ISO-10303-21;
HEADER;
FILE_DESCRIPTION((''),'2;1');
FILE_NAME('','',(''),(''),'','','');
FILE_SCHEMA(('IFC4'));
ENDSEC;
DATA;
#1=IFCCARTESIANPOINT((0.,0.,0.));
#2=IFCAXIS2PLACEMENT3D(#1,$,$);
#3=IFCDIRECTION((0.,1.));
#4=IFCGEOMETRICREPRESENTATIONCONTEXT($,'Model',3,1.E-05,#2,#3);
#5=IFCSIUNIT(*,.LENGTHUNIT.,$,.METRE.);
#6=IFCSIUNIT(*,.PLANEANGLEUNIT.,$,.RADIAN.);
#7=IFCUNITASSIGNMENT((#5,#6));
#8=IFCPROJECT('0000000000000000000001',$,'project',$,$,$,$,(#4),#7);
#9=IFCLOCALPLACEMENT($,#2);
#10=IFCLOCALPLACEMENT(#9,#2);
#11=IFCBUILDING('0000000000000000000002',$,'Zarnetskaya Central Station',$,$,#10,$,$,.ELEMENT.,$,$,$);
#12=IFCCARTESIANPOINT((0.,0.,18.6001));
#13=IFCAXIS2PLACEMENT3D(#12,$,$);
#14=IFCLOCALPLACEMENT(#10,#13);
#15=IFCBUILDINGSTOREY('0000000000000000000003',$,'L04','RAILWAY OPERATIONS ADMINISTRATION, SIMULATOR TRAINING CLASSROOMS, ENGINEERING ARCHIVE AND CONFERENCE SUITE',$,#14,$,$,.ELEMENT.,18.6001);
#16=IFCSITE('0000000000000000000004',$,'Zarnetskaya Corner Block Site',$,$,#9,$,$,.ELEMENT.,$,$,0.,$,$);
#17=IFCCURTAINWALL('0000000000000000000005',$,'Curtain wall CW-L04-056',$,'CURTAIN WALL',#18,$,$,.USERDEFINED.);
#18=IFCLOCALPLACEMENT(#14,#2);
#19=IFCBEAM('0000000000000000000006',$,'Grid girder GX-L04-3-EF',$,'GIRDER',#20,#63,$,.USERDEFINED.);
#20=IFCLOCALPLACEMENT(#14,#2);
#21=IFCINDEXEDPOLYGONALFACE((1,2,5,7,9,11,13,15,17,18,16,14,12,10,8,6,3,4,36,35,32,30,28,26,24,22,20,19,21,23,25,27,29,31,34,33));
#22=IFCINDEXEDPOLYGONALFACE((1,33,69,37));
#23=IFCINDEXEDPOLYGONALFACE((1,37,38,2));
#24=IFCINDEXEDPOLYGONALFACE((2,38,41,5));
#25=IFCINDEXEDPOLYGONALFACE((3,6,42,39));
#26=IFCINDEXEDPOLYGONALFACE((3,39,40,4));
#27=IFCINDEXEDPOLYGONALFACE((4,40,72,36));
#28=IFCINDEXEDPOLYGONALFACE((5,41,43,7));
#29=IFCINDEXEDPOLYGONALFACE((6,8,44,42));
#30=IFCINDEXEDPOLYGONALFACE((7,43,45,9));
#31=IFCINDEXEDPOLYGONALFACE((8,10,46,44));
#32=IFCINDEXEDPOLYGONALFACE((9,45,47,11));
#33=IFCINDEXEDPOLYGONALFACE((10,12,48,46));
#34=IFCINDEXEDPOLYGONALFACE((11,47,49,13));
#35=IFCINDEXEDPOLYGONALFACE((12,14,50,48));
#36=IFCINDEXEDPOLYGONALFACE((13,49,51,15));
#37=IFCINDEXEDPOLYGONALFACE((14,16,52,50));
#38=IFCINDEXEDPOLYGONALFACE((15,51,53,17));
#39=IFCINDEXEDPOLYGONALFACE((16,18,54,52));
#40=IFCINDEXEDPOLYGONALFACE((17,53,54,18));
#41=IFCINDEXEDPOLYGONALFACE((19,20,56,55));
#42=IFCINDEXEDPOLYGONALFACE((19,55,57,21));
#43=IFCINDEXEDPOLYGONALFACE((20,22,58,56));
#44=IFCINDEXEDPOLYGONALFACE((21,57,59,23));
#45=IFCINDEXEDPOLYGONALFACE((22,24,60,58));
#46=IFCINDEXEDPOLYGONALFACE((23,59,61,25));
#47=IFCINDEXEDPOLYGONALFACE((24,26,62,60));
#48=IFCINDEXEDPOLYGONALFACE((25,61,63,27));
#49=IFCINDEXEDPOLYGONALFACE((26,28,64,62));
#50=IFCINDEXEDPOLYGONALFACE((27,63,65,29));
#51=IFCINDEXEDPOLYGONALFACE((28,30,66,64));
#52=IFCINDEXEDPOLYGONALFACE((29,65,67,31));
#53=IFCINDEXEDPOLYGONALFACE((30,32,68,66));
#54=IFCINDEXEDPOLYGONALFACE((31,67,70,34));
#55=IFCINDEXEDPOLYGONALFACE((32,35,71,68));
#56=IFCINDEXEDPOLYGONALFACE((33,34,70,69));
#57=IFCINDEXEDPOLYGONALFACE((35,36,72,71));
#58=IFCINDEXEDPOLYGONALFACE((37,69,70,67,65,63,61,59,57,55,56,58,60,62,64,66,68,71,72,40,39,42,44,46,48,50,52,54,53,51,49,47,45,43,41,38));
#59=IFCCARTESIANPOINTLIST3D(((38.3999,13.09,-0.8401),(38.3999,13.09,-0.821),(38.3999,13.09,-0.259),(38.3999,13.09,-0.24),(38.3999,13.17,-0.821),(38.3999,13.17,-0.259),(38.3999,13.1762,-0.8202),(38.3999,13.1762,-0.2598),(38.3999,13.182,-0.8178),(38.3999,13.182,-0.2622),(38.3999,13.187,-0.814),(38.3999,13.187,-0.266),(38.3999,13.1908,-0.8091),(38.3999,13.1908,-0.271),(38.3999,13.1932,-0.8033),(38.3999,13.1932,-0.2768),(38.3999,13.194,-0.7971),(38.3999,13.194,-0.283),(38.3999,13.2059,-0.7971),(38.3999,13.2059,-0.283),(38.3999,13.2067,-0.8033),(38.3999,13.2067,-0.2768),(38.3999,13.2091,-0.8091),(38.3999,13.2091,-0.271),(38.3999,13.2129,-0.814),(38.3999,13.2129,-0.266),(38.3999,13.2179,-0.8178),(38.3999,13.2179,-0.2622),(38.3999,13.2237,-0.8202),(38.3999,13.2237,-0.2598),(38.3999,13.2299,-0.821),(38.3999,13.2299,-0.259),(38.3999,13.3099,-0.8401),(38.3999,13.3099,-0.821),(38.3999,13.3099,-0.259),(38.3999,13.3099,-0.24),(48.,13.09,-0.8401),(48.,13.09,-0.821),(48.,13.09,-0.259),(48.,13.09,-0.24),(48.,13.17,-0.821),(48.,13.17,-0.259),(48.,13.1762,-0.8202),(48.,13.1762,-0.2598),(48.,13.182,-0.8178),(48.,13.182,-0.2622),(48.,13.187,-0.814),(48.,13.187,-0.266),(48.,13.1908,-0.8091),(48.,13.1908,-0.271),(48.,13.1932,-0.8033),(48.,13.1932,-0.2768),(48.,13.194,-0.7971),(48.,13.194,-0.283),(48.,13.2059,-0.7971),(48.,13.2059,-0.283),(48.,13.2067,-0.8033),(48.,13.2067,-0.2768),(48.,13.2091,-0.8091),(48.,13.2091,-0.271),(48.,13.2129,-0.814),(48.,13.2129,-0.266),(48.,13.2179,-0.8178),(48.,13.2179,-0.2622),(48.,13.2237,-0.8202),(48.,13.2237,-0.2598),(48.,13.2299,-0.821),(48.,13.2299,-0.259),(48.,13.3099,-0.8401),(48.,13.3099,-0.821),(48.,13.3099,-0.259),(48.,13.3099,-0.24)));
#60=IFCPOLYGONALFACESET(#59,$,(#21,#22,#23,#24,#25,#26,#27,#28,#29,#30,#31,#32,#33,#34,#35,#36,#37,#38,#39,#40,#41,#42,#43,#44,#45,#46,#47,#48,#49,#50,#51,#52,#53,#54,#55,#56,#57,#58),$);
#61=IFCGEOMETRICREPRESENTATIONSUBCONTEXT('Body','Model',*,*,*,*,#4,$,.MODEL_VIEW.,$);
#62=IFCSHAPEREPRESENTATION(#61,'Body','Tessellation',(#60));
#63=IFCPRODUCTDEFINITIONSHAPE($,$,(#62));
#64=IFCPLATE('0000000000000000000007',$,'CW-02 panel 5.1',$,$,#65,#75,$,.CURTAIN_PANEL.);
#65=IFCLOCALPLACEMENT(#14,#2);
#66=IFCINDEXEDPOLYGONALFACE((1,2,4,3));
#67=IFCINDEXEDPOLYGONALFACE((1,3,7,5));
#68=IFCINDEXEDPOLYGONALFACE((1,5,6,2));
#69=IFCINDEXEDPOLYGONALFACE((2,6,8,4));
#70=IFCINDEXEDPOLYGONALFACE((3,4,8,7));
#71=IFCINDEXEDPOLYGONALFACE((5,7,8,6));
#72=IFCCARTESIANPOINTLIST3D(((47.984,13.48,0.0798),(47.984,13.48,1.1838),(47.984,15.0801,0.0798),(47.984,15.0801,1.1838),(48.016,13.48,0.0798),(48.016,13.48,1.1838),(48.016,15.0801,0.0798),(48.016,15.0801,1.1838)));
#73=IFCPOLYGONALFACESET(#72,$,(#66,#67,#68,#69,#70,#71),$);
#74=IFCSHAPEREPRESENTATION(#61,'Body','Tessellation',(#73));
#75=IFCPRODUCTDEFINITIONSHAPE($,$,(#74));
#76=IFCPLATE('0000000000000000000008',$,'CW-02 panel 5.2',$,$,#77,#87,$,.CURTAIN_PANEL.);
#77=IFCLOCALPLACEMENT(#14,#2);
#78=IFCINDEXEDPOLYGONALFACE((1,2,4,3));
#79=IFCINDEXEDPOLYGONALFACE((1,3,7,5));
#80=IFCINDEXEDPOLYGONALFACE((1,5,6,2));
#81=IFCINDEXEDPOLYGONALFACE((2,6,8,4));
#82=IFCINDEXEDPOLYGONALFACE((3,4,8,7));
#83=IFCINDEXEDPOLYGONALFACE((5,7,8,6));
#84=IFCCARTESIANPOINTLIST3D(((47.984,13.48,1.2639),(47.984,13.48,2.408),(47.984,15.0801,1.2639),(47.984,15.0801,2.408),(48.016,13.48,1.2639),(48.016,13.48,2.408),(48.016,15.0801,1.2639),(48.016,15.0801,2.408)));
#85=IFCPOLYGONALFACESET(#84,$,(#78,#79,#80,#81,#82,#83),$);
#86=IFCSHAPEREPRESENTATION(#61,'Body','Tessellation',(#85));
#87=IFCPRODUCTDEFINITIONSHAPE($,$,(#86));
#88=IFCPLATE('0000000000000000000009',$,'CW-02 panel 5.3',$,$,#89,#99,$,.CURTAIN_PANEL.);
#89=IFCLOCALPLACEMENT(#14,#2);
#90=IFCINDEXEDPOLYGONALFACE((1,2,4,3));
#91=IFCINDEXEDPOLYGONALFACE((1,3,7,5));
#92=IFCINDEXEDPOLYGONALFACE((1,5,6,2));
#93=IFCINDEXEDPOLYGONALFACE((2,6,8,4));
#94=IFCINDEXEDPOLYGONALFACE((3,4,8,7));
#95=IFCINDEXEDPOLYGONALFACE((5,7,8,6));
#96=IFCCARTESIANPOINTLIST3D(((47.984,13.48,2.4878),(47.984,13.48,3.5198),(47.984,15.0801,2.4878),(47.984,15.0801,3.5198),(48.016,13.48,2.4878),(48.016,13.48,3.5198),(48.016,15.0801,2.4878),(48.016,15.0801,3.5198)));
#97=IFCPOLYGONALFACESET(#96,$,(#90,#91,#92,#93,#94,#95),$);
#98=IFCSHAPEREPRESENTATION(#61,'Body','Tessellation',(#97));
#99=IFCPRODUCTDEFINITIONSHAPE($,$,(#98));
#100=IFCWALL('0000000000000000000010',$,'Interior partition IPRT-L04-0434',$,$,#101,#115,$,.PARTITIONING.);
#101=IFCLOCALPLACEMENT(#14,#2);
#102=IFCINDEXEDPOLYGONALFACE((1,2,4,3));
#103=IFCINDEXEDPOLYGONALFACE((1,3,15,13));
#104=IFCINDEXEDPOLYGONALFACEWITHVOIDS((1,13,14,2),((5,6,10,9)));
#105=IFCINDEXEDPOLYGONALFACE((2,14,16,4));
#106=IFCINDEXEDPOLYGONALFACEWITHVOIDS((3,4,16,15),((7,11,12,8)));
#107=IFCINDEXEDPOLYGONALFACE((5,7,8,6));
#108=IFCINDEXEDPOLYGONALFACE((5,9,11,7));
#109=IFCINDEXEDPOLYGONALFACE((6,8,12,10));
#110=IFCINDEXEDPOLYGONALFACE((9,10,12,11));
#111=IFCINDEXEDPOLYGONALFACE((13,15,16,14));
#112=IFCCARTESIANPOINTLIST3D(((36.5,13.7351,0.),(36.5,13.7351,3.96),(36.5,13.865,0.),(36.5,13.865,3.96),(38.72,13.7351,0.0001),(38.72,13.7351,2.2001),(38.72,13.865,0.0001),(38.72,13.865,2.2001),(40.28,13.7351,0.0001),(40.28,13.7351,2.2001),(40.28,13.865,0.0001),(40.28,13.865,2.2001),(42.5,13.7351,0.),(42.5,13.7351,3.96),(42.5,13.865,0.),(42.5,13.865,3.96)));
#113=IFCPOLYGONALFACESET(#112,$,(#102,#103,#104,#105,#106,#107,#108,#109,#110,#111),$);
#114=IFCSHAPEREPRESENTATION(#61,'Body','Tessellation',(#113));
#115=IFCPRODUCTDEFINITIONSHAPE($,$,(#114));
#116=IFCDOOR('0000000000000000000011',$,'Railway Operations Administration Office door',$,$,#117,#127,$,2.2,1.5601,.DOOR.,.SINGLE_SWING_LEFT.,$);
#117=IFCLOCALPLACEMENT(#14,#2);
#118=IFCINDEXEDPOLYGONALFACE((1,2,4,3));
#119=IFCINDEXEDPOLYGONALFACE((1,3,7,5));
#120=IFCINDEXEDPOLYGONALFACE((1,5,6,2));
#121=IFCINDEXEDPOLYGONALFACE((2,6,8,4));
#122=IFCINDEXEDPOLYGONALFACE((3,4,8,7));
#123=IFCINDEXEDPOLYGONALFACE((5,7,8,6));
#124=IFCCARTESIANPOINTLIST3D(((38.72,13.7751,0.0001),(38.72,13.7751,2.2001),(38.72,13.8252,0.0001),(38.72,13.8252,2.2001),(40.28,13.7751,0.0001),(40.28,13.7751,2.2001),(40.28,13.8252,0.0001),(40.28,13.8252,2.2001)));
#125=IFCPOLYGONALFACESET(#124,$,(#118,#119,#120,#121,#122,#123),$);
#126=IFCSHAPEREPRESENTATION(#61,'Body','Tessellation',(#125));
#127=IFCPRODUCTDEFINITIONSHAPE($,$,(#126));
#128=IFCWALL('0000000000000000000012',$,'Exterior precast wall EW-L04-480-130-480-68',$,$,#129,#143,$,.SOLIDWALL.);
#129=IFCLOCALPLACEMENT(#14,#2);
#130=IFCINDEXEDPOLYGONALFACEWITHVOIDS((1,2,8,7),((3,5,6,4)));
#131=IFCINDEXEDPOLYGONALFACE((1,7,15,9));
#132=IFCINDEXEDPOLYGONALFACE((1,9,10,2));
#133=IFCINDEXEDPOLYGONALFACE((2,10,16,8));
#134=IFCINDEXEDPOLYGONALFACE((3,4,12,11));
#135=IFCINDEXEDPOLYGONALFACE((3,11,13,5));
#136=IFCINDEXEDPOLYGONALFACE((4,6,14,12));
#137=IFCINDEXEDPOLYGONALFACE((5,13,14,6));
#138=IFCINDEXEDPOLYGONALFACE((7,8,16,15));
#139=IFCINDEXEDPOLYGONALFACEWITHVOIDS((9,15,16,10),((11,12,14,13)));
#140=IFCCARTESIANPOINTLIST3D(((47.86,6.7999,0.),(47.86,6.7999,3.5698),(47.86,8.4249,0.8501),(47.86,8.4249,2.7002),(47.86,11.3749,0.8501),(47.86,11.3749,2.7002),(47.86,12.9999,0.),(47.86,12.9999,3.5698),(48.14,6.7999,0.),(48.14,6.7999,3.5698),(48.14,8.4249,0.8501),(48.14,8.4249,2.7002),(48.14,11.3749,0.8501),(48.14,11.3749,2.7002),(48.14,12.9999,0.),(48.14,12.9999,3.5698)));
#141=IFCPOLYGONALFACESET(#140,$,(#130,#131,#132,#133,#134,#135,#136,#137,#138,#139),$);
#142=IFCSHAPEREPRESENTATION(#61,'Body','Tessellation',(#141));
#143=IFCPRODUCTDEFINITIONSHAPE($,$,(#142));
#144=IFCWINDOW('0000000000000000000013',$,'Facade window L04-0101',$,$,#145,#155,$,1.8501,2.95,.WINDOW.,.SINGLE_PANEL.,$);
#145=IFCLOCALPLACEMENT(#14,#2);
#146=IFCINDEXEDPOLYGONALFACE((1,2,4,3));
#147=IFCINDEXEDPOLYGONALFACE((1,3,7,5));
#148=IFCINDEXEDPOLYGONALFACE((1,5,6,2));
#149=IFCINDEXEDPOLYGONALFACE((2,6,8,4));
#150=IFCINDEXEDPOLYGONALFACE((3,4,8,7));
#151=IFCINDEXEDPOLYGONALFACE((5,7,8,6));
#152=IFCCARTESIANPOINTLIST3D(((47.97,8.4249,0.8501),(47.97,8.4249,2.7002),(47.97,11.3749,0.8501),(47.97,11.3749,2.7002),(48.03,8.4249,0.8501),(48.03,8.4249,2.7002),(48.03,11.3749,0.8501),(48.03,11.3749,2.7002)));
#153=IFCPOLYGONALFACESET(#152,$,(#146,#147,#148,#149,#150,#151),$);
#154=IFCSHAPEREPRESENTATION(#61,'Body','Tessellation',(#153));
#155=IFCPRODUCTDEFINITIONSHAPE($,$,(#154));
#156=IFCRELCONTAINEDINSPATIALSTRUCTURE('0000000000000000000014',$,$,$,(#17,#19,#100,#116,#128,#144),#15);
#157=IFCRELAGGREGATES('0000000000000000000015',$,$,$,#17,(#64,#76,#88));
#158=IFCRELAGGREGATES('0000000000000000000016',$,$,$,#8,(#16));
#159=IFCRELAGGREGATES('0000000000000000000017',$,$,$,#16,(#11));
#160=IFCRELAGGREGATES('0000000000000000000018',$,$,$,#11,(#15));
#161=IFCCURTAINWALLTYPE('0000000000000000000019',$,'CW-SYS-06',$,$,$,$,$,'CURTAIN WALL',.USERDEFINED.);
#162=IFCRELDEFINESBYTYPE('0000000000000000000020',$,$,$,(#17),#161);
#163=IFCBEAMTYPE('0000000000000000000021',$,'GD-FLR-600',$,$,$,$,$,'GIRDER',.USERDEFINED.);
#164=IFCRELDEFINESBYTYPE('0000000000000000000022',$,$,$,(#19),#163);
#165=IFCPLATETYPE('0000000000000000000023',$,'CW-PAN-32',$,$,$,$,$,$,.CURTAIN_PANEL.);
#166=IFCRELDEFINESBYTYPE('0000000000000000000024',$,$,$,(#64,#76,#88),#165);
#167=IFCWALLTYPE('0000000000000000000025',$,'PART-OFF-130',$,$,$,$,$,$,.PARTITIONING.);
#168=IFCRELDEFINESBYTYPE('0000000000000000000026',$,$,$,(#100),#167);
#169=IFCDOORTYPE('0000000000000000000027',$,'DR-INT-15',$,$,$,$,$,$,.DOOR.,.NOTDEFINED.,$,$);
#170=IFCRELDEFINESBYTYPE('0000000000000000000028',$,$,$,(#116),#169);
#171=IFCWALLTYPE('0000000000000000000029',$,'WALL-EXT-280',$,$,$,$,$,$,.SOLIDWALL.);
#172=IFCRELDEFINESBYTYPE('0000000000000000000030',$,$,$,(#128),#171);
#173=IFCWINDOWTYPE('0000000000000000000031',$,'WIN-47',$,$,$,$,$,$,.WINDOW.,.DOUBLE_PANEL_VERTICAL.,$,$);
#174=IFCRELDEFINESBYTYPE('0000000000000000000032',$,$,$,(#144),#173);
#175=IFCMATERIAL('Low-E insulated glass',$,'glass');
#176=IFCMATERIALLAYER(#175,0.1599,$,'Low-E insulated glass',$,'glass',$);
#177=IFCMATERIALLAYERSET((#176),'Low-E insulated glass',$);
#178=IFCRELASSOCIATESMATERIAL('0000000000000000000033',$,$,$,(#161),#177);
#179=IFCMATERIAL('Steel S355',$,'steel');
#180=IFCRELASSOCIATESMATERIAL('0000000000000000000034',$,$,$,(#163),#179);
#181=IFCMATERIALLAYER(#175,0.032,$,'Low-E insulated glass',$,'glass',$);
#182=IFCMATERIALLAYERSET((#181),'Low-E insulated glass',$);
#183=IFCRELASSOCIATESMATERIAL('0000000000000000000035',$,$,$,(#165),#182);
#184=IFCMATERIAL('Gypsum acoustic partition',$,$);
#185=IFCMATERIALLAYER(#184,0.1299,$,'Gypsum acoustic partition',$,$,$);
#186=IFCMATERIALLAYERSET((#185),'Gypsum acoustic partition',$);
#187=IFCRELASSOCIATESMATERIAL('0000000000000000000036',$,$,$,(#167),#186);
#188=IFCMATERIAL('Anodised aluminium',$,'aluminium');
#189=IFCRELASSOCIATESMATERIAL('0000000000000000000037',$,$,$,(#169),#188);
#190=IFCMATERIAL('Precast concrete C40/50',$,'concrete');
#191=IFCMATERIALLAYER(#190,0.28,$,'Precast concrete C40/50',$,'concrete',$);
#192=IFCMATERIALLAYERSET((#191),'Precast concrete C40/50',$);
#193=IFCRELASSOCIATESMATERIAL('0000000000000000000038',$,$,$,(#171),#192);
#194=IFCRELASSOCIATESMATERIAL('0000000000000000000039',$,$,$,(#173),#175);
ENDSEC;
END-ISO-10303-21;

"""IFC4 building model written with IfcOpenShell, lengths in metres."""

from ifc_helpers import new_model, si_unit, direction, frame, frame_2d, origin, origin_2d, place, context, subcontext, project, spatial, rectangle, i_section, extrude, material, layer, layer_set, material_profile, profile_set, type_object, element, fill, aggregate, save


model = new_model("IFC4")

# Units and contexts
model_context = context("Model", 3, precision=1e-05, world=origin(), true_north=direction((0.0, 1.0)))
body_context = subcontext(model_context, "Body", "Model", "MODEL_VIEW")
ifc_project = project(units=[si_unit("LENGTHUNIT", "METRE"), si_unit("PLANEANGLEUNIT", "RADIAN")], contexts=[model_context])

# Site, building, storey
site_placement = place(None, origin())
site = spatial("IfcSite", under=ifc_project, at=site_placement, Name="Zarnetskaya Corner Block Site", CompositionType="ELEMENT", RefElevation=0.0)
building_placement = place(site_placement, origin())
building = spatial("IfcBuilding", under=site, at=building_placement, Name="Zarnetskaya Central Station", CompositionType="ELEMENT")
storey_placement = place(building_placement, frame((0.0, 0.0, 18.6001)))
storey = spatial("IfcBuildingStorey", under=building, at=storey_placement, Name="L04", Description="RAILWAY OPERATIONS ADMINISTRATION, SIMULATOR TRAINING CLASSROOMS, ENGINEERING ARCHIVE AND CONFERENCE SUITE", CompositionType="ELEMENT", Elevation=18.6001)

# Shared definitions
ifc_material_1 = material(Name="Steel S355", Category="steel")

# Curtain wall
ifc_material_2 = material(Name="Low-E insulated glass", Category="glass")
ifc_material_3 = material(Name="Anodised aluminium", Category="aluminium")
ifc_layer_1 = layer(ifc_material_2, 0.1599, Name="Low-E insulated glass", Category="glass")
ifc_layer_set_1 = layer_set([ifc_layer_1], Name="Low-E insulated glass")
curtain_wall_type_1 = type_object("IfcCurtainWallType", Name="CW-SYS-06", ElementType="CURTAIN WALL", PredefinedType="USERDEFINED", material=ifc_layer_set_1)
curtain_wall_1_placement = place(storey_placement, origin())
curtain_wall_1 = element("IfcCurtainWall", 1, at=curtain_wall_1_placement, inside=storey, type_object=curtain_wall_type_1, Name="Curtain wall CW-L04-056", ObjectType="CURTAIN WALL", PredefinedType="USERDEFINED")

# Beam
ifc_material_profile_1 = material_profile(ifc_material_1, i_section(OverallWidth=0.22, OverallDepth=0.6001, WebThickness=0.012, FlangeThickness=0.019, FilletRadius=0.0239, at=origin_2d()), Name="IPE 600")
ifc_profile_set_1 = profile_set([ifc_material_profile_1], Name="Steel S355")
beam_type_1 = type_object("IfcBeamType", Name="GD-FLR-600", ElementType="GIRDER", PredefinedType="USERDEFINED", material=ifc_profile_set_1)
for number, where, z_axis, x_axis, name in (
    (2, (38.3999, 13.2, -0.54), (1.0, 0.0, 0.0), (0.0, 1.0, 0.0), "Grid girder GX-L04-3-EF"),
):
    element("IfcBeam", number, at=place(storey_placement, frame(where, z_axis=z_axis, x_axis=x_axis)), inside=storey, type_object=beam_type_1, Name=name, ObjectType="GIRDER", PredefinedType="USERDEFINED", context=body_context, shape_type="SweptSolid", body=[
        extrude(i_section(OverallWidth=0.22, OverallDepth=0.6001, WebThickness=0.012, FlangeThickness=0.019, FilletRadius=0.0239, at=origin_2d()), origin(), (0.0, 0.0, 1.0), 9.6001),
    ])

# Plates
ifc_layer_2 = layer(ifc_material_2, 0.032, Name="Low-E insulated glass", Category="glass")
ifc_layer_set_2 = layer_set([ifc_layer_2], Name="Low-E insulated glass")
plate_type = type_object("IfcPlateType", Name="CW-PAN-32", PredefinedType="CURTAIN_PANEL", material=ifc_layer_set_2)
plate_1_placement = place(storey_placement, frame((48.0, 14.28, 0.0798), z_axis=(0.0, 0.0, 1.0), x_axis=(0.0, -1.0, 0.0)))
plate_1 = element("IfcPlate", 3, at=plate_1_placement, type_object=plate_type, Name="CW-02 panel 5.1", PredefinedType="CURTAIN_PANEL", context=body_context, shape_type="SweptSolid", body=[
    extrude(rectangle(XDim=1.6001, YDim=0.032, at=origin_2d()), origin(), (0.0, 0.0, 1.0), 1.104),
])
plate_2_placement = place(storey_placement, frame((48.0, 14.28, 1.2639), z_axis=(0.0, 0.0, 1.0), x_axis=(0.0, -1.0, 0.0)))
plate_2 = element("IfcPlate", 4, at=plate_2_placement, type_object=plate_type, Name="CW-02 panel 5.2", PredefinedType="CURTAIN_PANEL", context=body_context, shape_type="SweptSolid", body=[
    extrude(rectangle(XDim=1.6001, YDim=0.032, at=origin_2d()), origin(), (0.0, 0.0, 1.0), 1.144),
])
plate_3_placement = place(storey_placement, frame((48.0, 14.28, 2.4878), z_axis=(0.0, 0.0, 1.0), x_axis=(0.0, -1.0, 0.0)))
plate_3 = element("IfcPlate", 5, at=plate_3_placement, type_object=plate_type, Name="CW-02 panel 5.3", PredefinedType="CURTAIN_PANEL", context=body_context, shape_type="SweptSolid", body=[
    extrude(rectangle(XDim=1.6001, YDim=0.032, at=origin_2d()), origin(), (0.0, 0.0, 1.0), 1.032),
])
aggregate(curtain_wall_1, [plate_1, plate_2, plate_3])

# Wall, opening, door
ifc_material_4 = material(Name="Gypsum acoustic partition")
ifc_layer_3 = layer(ifc_material_4, 0.1299, Name="Gypsum acoustic partition")
ifc_layer_set_3 = layer_set([ifc_layer_3], Name="Gypsum acoustic partition")
wall_type_1 = type_object("IfcWallType", Name="PART-OFF-130", PredefinedType="PARTITIONING", material=ifc_layer_set_3)
wall_1_placement = place(storey_placement, frame((42.5, 13.8, 0.0), z_axis=(0.0, 0.0, 1.0), x_axis=(-1.0, 0.0, 0.0)))
wall_1 = element("IfcWall", 6, at=wall_1_placement, inside=storey, type_object=wall_type_1, Name="Interior partition IPRT-L04-0434", PredefinedType="PARTITIONING", context=body_context, shape_type="SweptSolid", body=[
    extrude(rectangle(XDim=6.0, YDim=0.1299, at=frame_2d((3.0, 0.0))), origin(), (0.0, 0.0, 1.0), 3.96),
])
opening_1_placement = place(wall_1_placement, frame((2.22, 0.0, 0.0)))
opening_1 = element("IfcOpeningElement", 7, at=opening_1_placement, cuts=wall_1, PredefinedType="OPENING", context=body_context, shape_type="SweptSolid", body=[
    extrude(rectangle(XDim=1.5601, YDim=2.2, at=frame_2d((0.78, 1.1001))), frame((0.0, 0.075, 0.0), z_axis=(0.0, -1.0, 0.0), x_axis=(1.0, 0.0, 0.0)), (0.0, 0.0, 1.0), 0.1499),
])
door_type = type_object("IfcDoorType", Name="DR-INT-15", OperationType="NOTDEFINED", PredefinedType="DOOR", material=ifc_material_3)
door_placement = place(opening_1_placement, origin())
door = element("IfcDoor", 8, at=door_placement, inside=storey, type_object=door_type, Name="Railway Operations Administration Office door", OperationType="SINGLE_SWING_LEFT", OverallHeight=2.2, OverallWidth=1.5601, PredefinedType="DOOR", context=body_context, shape_type="SweptSolid", body=[
    extrude(rectangle(XDim=1.5601, YDim=2.2, at=frame_2d((0.78, 1.1001))), frame((0.0, 0.0249, 0.0), z_axis=(0.0, -1.0, 0.0), x_axis=(1.0, 0.0, 0.0)), (0.0, 0.0, 1.0), 0.05),
])
fill(opening_1, door)

# Wall, opening, window
ifc_material_5 = material(Name="Precast concrete C40/50", Category="concrete")
ifc_layer_4 = layer(ifc_material_5, 0.28, Name="Precast concrete C40/50", Category="concrete")
ifc_layer_set_4 = layer_set([ifc_layer_4], Name="Precast concrete C40/50")
wall_type_2 = type_object("IfcWallType", Name="WALL-EXT-280", PredefinedType="SOLIDWALL", material=ifc_layer_set_4)
wall_2_placement = place(storey_placement, frame((48.0, 13.0, 0.0), z_axis=(0.0, 0.0, 1.0), x_axis=(0.0, -1.0, 0.0)))
wall_2 = element("IfcWall", 9, at=wall_2_placement, inside=storey, type_object=wall_type_2, Name="Exterior precast wall EW-L04-480-130-480-68", PredefinedType="SOLIDWALL", context=body_context, shape_type="SweptSolid", body=[
    extrude(rectangle(XDim=6.2, YDim=0.28, at=frame_2d((3.1001, 0.0))), origin(), (0.0, 0.0, 1.0), 3.5698),
])
opening_2_placement = place(wall_2_placement, frame((1.625, 0.0, 0.8501)))
opening_2 = element("IfcOpeningElement", 10, at=opening_2_placement, cuts=wall_2, PredefinedType="OPENING", context=body_context, shape_type="SweptSolid", body=[
    extrude(rectangle(XDim=2.95, YDim=1.8501, at=frame_2d((1.4751, 0.925))), frame((0.0, 0.1499, 0.0), z_axis=(0.0, -1.0, 0.0), x_axis=(1.0, 0.0, 0.0)), (0.0, 0.0, 1.0), 0.3),
])
window_type = type_object("IfcWindowType", Name="WIN-47", PartitioningType="DOUBLE_PANEL_VERTICAL", PredefinedType="WINDOW", material=ifc_material_2)
window_placement = place(opening_2_placement, origin())
window = element("IfcWindow", 11, at=window_placement, inside=storey, type_object=window_type, Name="Facade window L04-0101", OverallHeight=1.8501, OverallWidth=2.95, PartitioningType="SINGLE_PANEL", PredefinedType="WINDOW", context=body_context, shape_type="SweptSolid", body=[
    extrude(rectangle(XDim=2.95, YDim=1.8501, at=frame_2d((1.4751, 0.925))), frame((0.0, 0.03, 0.0), z_axis=(0.0, -1.0, 0.0), x_axis=(1.0, 0.0, 0.0)), (0.0, 0.0, 1.0), 0.0601),
])
fill(opening_2, window)

save(model, "model.ifc")
